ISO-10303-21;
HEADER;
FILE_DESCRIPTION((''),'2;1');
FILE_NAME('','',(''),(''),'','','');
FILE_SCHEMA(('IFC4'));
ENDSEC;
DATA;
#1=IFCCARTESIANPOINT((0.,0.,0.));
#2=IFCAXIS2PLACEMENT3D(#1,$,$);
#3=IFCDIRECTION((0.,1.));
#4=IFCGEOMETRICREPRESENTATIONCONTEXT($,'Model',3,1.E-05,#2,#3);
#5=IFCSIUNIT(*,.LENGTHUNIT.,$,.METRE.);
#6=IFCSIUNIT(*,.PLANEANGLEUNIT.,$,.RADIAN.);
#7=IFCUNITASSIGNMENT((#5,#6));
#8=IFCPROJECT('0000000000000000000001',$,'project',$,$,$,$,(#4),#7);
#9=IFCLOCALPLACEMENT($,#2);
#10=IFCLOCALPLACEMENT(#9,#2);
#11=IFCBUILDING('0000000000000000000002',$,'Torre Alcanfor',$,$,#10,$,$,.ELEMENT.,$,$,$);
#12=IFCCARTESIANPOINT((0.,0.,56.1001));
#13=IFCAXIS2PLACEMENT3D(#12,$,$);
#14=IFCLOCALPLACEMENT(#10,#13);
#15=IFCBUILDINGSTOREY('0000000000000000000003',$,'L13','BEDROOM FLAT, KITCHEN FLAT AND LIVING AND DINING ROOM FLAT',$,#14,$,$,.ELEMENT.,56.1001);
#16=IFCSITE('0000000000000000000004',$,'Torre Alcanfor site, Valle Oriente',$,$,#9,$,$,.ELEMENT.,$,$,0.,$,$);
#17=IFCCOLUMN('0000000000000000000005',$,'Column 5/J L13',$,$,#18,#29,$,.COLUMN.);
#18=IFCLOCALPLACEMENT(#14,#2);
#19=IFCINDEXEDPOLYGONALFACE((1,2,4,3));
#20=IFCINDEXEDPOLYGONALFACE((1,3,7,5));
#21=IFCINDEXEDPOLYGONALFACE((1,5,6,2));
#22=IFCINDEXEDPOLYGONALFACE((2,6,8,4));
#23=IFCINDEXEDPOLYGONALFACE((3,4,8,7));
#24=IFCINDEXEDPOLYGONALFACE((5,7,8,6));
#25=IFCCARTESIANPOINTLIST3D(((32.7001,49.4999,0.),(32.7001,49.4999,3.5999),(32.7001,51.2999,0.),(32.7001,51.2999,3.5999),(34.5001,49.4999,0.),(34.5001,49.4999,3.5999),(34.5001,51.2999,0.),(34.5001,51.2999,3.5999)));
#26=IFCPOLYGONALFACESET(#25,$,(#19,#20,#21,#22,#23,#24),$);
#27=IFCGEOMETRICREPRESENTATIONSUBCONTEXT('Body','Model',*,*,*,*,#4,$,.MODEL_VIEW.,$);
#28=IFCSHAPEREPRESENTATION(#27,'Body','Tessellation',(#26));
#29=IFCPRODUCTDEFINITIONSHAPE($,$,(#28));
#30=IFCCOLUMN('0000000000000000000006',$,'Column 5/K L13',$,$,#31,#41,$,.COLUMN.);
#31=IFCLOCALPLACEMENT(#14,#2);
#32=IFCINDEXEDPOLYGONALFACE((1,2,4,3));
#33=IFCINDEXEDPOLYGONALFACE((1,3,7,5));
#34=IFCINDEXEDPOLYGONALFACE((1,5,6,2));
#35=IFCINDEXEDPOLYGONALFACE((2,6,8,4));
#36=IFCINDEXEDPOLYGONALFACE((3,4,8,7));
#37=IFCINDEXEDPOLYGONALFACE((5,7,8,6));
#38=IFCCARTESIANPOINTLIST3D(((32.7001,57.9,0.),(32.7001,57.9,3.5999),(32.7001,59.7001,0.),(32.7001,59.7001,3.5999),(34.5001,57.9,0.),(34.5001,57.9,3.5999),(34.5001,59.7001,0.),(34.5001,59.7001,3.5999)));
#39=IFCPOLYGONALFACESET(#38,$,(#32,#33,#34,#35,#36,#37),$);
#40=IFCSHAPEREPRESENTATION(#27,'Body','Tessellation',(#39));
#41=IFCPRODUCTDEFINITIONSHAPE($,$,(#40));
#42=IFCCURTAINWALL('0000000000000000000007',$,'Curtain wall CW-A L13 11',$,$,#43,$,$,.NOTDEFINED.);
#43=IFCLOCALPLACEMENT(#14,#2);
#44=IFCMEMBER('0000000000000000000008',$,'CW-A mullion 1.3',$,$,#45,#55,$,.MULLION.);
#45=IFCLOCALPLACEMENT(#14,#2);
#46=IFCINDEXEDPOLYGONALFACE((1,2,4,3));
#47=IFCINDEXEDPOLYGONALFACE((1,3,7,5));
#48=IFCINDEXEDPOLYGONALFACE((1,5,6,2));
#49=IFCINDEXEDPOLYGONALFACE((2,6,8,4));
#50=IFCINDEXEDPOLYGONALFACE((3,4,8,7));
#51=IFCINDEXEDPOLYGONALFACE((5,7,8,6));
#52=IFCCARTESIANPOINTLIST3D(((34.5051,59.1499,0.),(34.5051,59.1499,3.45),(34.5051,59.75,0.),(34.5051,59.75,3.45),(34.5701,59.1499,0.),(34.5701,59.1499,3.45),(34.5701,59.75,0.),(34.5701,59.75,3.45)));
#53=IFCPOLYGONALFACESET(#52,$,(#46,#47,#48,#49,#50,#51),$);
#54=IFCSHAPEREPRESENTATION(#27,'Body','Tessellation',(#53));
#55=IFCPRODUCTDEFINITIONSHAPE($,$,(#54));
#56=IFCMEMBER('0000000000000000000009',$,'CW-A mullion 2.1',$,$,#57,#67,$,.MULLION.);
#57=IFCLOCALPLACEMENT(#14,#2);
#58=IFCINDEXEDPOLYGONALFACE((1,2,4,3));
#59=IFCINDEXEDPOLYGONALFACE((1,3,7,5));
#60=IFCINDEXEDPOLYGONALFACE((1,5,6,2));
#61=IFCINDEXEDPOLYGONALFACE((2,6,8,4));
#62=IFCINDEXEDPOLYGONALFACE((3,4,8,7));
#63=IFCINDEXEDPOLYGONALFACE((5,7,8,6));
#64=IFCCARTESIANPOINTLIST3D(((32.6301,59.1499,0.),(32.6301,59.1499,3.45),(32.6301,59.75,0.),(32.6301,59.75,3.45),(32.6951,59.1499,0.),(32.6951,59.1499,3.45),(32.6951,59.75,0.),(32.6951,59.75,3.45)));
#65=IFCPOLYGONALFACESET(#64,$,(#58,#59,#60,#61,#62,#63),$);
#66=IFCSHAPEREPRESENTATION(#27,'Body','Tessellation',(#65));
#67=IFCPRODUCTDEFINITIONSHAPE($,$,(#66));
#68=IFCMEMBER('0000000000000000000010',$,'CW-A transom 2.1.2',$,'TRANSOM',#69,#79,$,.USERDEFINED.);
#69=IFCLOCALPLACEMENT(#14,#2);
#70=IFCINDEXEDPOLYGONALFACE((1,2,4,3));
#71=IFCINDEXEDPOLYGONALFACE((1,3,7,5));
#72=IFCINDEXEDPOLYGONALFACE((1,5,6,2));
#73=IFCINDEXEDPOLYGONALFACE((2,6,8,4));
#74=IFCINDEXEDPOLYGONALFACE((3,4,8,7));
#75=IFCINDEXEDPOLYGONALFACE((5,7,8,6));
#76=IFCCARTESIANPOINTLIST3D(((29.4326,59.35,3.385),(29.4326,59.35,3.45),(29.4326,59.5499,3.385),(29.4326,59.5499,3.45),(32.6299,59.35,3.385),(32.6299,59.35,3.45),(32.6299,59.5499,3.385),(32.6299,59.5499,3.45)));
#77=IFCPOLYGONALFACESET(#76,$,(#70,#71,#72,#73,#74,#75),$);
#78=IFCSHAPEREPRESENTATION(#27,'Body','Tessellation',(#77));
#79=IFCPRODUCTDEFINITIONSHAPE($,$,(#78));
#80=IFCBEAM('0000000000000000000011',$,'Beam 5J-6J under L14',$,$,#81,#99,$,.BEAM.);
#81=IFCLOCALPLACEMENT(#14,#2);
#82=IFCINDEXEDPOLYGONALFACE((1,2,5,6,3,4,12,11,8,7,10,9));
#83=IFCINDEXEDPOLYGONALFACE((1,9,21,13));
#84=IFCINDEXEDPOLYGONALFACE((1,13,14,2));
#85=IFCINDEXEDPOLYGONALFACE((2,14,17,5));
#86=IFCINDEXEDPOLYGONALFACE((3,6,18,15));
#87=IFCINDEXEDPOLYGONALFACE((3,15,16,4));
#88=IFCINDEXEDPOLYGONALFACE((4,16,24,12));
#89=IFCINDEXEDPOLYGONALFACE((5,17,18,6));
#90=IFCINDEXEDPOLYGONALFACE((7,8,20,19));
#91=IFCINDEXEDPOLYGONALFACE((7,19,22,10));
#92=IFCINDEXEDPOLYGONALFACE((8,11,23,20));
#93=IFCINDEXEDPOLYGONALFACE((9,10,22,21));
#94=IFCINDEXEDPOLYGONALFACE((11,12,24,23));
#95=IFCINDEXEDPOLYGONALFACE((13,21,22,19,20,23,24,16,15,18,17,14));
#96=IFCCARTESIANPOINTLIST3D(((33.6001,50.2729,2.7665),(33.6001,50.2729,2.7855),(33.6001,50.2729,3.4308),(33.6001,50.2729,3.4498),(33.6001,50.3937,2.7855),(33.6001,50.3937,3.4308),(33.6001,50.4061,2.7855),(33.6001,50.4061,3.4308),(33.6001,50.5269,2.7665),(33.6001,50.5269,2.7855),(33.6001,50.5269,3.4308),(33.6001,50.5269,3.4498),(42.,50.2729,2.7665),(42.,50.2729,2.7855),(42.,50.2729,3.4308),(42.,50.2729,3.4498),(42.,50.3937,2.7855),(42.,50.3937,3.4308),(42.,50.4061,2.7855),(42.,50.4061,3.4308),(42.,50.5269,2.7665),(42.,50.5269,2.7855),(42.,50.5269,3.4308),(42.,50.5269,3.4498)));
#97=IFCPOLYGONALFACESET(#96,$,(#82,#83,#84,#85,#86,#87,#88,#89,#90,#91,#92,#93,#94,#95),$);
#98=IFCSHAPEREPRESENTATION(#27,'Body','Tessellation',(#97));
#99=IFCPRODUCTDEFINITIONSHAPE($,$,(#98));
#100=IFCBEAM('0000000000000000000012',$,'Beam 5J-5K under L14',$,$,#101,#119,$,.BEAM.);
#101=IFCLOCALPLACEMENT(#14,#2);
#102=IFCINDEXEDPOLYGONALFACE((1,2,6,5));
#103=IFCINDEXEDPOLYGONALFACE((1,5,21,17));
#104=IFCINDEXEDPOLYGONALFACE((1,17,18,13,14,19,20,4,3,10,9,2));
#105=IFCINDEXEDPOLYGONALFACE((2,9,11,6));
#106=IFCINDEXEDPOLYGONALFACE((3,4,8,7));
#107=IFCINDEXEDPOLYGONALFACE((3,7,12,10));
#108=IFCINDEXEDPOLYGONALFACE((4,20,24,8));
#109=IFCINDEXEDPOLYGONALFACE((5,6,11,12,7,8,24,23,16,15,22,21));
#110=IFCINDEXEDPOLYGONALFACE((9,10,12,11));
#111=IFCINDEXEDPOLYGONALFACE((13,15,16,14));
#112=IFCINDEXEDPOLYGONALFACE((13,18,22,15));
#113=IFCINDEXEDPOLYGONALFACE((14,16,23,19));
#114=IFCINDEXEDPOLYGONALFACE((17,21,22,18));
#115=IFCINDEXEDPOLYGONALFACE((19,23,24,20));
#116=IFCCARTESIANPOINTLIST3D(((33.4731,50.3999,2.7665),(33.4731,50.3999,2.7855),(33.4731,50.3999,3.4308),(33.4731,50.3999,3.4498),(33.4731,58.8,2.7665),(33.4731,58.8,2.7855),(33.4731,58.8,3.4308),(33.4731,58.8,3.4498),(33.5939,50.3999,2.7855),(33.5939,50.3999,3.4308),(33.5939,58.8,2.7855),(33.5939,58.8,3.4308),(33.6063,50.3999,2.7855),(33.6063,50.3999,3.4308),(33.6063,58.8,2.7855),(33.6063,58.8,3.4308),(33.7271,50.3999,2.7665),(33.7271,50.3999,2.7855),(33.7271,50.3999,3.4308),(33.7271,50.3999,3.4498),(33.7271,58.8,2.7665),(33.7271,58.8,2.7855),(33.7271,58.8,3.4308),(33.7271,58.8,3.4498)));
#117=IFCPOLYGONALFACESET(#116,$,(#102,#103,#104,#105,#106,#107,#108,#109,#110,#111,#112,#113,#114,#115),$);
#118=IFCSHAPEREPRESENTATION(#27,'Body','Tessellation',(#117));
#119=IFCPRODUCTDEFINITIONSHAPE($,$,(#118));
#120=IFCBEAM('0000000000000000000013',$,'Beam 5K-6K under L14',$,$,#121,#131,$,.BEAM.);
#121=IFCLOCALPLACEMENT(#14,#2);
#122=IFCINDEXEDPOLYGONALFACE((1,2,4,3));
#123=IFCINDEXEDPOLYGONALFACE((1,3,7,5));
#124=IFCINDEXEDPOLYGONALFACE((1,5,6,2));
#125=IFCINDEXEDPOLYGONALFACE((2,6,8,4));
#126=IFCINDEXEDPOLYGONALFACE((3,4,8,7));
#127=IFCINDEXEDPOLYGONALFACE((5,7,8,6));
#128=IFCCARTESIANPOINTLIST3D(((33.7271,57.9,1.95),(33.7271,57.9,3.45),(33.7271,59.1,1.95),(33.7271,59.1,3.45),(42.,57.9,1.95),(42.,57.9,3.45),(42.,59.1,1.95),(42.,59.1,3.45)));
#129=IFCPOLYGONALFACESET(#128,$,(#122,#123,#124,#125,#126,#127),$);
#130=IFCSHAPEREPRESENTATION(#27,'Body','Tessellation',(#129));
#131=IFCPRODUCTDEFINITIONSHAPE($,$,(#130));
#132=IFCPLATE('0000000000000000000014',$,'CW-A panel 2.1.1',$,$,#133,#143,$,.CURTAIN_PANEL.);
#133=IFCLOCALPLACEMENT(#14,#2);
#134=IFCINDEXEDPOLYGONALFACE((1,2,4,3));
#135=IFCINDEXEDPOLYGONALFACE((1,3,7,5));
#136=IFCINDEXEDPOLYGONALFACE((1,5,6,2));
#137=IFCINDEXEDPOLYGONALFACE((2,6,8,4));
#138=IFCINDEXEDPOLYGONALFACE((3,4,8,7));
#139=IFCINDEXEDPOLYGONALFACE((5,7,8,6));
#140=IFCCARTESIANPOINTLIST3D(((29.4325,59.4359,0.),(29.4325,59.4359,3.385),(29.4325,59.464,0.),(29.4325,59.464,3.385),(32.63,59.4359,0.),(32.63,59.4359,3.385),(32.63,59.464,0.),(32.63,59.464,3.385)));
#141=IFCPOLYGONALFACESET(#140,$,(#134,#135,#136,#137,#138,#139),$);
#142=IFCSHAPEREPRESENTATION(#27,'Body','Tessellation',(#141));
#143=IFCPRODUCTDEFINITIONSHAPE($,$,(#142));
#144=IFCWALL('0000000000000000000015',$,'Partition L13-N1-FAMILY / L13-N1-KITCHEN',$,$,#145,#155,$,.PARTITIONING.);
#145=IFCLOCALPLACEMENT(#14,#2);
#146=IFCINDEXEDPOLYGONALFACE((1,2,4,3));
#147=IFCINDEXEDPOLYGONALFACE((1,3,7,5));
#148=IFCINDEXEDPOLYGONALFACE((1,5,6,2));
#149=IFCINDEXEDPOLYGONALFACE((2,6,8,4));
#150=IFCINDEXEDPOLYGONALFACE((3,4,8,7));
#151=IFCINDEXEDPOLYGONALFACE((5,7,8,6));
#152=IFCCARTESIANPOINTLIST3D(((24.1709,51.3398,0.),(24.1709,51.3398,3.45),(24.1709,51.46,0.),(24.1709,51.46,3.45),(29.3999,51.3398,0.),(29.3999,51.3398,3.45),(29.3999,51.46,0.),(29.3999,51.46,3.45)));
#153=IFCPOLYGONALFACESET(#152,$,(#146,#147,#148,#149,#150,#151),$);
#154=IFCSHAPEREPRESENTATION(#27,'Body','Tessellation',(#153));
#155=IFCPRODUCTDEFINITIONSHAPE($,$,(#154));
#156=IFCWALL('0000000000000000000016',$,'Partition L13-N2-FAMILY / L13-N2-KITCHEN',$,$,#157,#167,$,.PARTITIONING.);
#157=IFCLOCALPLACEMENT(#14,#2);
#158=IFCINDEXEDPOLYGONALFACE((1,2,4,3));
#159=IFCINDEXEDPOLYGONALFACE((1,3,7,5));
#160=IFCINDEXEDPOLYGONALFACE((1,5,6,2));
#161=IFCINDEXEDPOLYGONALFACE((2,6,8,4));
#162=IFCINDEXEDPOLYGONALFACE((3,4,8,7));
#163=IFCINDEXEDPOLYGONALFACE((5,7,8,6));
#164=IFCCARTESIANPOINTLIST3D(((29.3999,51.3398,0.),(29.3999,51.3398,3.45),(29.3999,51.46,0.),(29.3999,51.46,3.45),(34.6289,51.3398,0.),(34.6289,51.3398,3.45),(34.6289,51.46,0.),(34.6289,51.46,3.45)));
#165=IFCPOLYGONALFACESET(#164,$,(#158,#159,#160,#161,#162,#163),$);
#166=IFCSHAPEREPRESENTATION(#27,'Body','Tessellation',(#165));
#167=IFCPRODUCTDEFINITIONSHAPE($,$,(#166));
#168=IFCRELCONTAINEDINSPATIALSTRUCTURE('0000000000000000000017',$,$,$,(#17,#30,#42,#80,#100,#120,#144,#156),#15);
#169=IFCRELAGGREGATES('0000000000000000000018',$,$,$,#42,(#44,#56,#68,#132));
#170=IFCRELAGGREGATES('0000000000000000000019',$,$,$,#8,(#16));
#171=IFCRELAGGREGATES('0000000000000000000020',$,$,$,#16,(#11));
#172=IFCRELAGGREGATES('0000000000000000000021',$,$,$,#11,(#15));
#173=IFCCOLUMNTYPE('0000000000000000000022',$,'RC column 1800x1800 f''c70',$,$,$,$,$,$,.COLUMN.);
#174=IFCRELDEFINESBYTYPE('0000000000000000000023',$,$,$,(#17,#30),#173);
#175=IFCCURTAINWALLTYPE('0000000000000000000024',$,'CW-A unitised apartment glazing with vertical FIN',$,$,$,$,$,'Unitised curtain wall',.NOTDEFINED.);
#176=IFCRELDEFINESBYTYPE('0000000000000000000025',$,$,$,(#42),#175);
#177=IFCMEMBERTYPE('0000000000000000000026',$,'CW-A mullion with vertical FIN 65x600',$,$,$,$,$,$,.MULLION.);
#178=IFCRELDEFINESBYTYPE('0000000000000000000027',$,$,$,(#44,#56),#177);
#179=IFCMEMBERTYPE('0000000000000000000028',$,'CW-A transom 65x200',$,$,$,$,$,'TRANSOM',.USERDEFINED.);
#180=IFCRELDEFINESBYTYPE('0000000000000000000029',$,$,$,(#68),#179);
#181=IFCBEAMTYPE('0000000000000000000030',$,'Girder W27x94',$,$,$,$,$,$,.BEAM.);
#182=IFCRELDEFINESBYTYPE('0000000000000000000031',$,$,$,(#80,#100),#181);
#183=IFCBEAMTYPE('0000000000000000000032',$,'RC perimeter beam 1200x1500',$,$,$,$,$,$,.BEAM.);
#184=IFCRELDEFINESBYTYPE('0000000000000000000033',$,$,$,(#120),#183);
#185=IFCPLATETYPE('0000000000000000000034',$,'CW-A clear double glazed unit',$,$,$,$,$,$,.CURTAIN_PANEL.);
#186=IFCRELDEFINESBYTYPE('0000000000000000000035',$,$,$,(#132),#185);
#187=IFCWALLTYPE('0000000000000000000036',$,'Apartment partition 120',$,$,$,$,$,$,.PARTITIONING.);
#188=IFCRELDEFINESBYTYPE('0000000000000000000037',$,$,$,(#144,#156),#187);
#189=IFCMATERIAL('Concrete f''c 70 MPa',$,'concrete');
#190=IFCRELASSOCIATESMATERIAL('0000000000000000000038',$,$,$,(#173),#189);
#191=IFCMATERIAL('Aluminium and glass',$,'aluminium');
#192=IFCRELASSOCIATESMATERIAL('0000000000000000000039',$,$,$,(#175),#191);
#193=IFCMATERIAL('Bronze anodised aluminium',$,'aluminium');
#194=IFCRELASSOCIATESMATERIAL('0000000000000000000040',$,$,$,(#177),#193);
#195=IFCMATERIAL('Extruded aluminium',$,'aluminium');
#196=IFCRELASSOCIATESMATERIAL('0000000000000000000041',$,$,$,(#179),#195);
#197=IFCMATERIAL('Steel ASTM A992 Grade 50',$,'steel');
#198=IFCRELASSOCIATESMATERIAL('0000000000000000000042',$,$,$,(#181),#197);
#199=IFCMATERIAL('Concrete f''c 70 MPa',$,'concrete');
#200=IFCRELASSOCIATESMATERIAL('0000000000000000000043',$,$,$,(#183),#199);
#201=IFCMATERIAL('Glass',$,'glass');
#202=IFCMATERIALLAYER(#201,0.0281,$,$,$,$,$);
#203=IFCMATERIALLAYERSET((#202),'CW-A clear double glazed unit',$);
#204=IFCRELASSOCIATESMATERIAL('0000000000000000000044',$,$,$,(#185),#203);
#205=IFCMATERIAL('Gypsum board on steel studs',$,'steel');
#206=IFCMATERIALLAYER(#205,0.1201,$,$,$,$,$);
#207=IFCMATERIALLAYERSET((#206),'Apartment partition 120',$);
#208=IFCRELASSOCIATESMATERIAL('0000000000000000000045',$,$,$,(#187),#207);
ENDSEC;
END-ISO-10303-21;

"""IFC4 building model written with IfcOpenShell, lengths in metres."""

from ifc_helpers import new_model, si_unit, direction, frame, frame_2d, origin, origin_2d, place, context, subcontext, project, spatial, rectangle, i_section, extrude, material, layer, layer_set, material_profile, profile_set, type_object, element, aggregate, save


model = new_model("IFC4")

# Units and contexts
model_context = context("Model", 3, precision=1e-05, world=origin(), true_north=direction((0.0, 1.0)))
body_context = subcontext(model_context, "Body", "Model", "MODEL_VIEW")
ifc_project = project(units=[si_unit("LENGTHUNIT", "METRE"), si_unit("PLANEANGLEUNIT", "RADIAN")], contexts=[model_context])

# Site, building, storey
site_placement = place(None, origin())
site = spatial("IfcSite", under=ifc_project, at=site_placement, Name="Torre Alcanfor site, Valle Oriente", CompositionType="ELEMENT", RefElevation=0.0)
building_placement = place(site_placement, origin())
building = spatial("IfcBuilding", under=site, at=building_placement, Name="Torre Alcanfor", CompositionType="ELEMENT")
storey_placement = place(building_placement, frame((0.0, 0.0, 56.1001)))
storey = spatial("IfcBuildingStorey", under=building, at=storey_placement, Name="L13", Description="BEDROOM FLAT, KITCHEN FLAT AND LIVING AND DINING ROOM FLAT", CompositionType="ELEMENT", Elevation=56.1001)

# Columns
ifc_material_1 = material(Name="Concrete f'c 70 MPa", Category="concrete")
ifc_material_profile_1 = material_profile(ifc_material_1, rectangle(XDim=1.8, YDim=1.8, at=origin_2d()), Name="1800x1800")
ifc_profile_set_1 = profile_set([ifc_material_profile_1], Name="Concrete f'c 70 MPa")
column_type = type_object("IfcColumnType", Name="RC column 1800x1800 f'c70", PredefinedType="COLUMN", material=ifc_profile_set_1)
for number, where, z_axis, x_axis, name in (
    (1, (33.6001, 50.3999, 0.0), (0.0, 0.0, 1.0), (1.0, 0.0, 0.0), "Column 5/J L13"),
    (2, (33.6001, 58.8, 0.0), (0.0, 0.0, 1.0), (1.0, 0.0, 0.0), "Column 5/K L13"),
):
    element("IfcColumn", number, at=place(storey_placement, frame(where, z_axis=z_axis, x_axis=x_axis)), inside=storey, type_object=column_type, Name=name, PredefinedType="COLUMN", context=body_context, shape_type="SweptSolid", body=[
        extrude(rectangle(XDim=1.8, YDim=1.8, at=origin_2d()), origin(), (0.0, 0.0, 1.0), 3.5999),
    ])

# Curtain wall, members
ifc_material_2 = material(Name="Aluminium and glass", Category="aluminium")
curtain_wall_type = type_object("IfcCurtainWallType", Name="CW-A unitised apartment glazing with vertical FIN", ElementType="Unitised curtain wall", PredefinedType="NOTDEFINED", material=ifc_material_2)
curtain_wall_placement = place(storey_placement, origin())
curtain_wall = element("IfcCurtainWall", 3, at=curtain_wall_placement, inside=storey, type_object=curtain_wall_type, Name="Curtain wall CW-A L13 11", PredefinedType="NOTDEFINED")
ifc_material_3 = material(Name="Bronze anodised aluminium", Category="aluminium")
ifc_material_profile_2 = material_profile(ifc_material_3, rectangle(XDim=0.6001, YDim=0.0649, at=origin_2d()), Name="CW-A mullion 65x600")
ifc_profile_set_2 = profile_set([ifc_material_profile_2], Name="Bronze anodised aluminium")
member_type_1 = type_object("IfcMemberType", Name="CW-A mullion with vertical FIN 65x600", PredefinedType="MULLION", material=ifc_profile_set_2)
member_1_placement = place(storey_placement, frame((34.5376, 59.45, 0.0), z_axis=(0.0, 0.0, 1.0), x_axis=(0.0, -1.0, 0.0)))
member_1 = element("IfcMember", 4, at=member_1_placement, type_object=member_type_1, Name="CW-A mullion 1.3", PredefinedType="MULLION", context=body_context, shape_type="SweptSolid", body=[
    extrude(rectangle(XDim=0.6001, YDim=0.0649, at=origin_2d()), origin(), (0.0, 0.0, 1.0), 3.45),
])
member_2_placement = place(storey_placement, frame((32.6626, 59.45, 0.0), z_axis=(0.0, 0.0, 1.0), x_axis=(0.0, -1.0, 0.0)))
member_2 = element("IfcMember", 5, at=member_2_placement, type_object=member_type_1, Name="CW-A mullion 2.1", PredefinedType="MULLION", context=body_context, shape_type="SweptSolid", body=[
    extrude(rectangle(XDim=0.6001, YDim=0.0649, at=origin_2d()), origin(), (0.0, 0.0, 1.0), 3.45),
])
ifc_material_4 = material(Name="Extruded aluminium", Category="aluminium")
ifc_material_profile_3 = material_profile(ifc_material_4, rectangle(XDim=0.2, YDim=0.0649, at=origin_2d()), Name="CW-A transom 200x65")
ifc_profile_set_3 = profile_set([ifc_material_profile_3], Name="Extruded aluminium")
member_type_2 = type_object("IfcMemberType", Name="CW-A transom 65x200", ElementType="TRANSOM", PredefinedType="USERDEFINED", material=ifc_profile_set_3)
member_3_placement = place(storey_placement, frame((32.6299, 59.45, 3.4175), z_axis=(-1.0, 0.0, 0.0), x_axis=(0.0, -1.0, 0.0)))
member_3 = element("IfcMember", 6, at=member_3_placement, type_object=member_type_2, Name="CW-A transom 2.1.2", ObjectType="TRANSOM", PredefinedType="USERDEFINED", context=body_context, shape_type="SweptSolid", body=[
    extrude(rectangle(XDim=0.2, YDim=0.0649, at=origin_2d()), origin(), (0.0, 0.0, 1.0), 3.1973),
])

# Beams
ifc_material_5 = material(Name="Steel ASTM A992 Grade 50", Category="steel")
ifc_material_profile_4 = material_profile(ifc_material_5, i_section(OverallWidth=0.2539, OverallDepth=0.6833, WebThickness=0.0125, FlangeThickness=0.019, at=origin_2d()), Name="W27x94")
ifc_profile_set_4 = profile_set([ifc_material_profile_4], Name="Steel ASTM A992 Grade 50")
beam_type_1 = type_object("IfcBeamType", Name="Girder W27x94", PredefinedType="BEAM", material=ifc_profile_set_4)
beam_1_placement = place(storey_placement, frame((33.6001, 50.3999, 3.1082), z_axis=(1.0, 0.0, 0.0), x_axis=(0.0, 1.0, 0.0)))
element("IfcBeam", 7, at=beam_1_placement, inside=storey, type_object=beam_type_1, Name="Beam 5J-6J under L14", PredefinedType="BEAM", context=body_context, shape_type="SweptSolid", body=[
    extrude(i_section(OverallWidth=0.2539, OverallDepth=0.6833, WebThickness=0.0125, FlangeThickness=0.019, at=origin_2d()), origin(), (0.0, 0.0, 1.0), 8.3999),
])
beam_2_placement = place(storey_placement, frame((33.6001, 50.3999, 3.1082), z_axis=(0.0, 1.0, 0.0), x_axis=(-1.0, 0.0, 0.0)))
element("IfcBeam", 8, at=beam_2_placement, inside=storey, type_object=beam_type_1, Name="Beam 5J-5K under L14", PredefinedType="BEAM", context=body_context, shape_type="SweptSolid", body=[
    extrude(i_section(OverallWidth=0.2539, OverallDepth=0.6833, WebThickness=0.0125, FlangeThickness=0.019, at=origin_2d()), origin(), (0.0, 0.0, 1.0), 8.4001),
])
ifc_material_6 = material(Name="Concrete f'c 70 MPa", Category="concrete")
ifc_material_profile_5 = material_profile(ifc_material_6, rectangle(XDim=1.2, YDim=1.5, at=origin_2d()), Name="1200x1500")
ifc_profile_set_5 = profile_set([ifc_material_profile_5], Name="Concrete f'c 70 MPa")
beam_type_2 = type_object("IfcBeamType", Name="RC perimeter beam 1200x1500", PredefinedType="BEAM", material=ifc_profile_set_5)
beam_3_placement = place(storey_placement, frame((33.7271, 58.5, 2.7), z_axis=(1.0, 0.0, 0.0), x_axis=(0.0, 1.0, 0.0)))
element("IfcBeam", 9, at=beam_3_placement, inside=storey, type_object=beam_type_2, Name="Beam 5K-6K under L14", PredefinedType="BEAM", context=body_context, shape_type="SweptSolid", body=[
    extrude(rectangle(XDim=1.2, YDim=1.5, at=origin_2d()), origin(), (0.0, 0.0, 1.0), 8.2729),
])

# Plate
ifc_material_7 = material(Name="Glass", Category="glass")
ifc_layer_1 = layer(ifc_material_7, 0.0281)
ifc_layer_set_1 = layer_set([ifc_layer_1], Name="CW-A clear double glazed unit")
plate_type = type_object("IfcPlateType", Name="CW-A clear double glazed unit", PredefinedType="CURTAIN_PANEL", material=ifc_layer_set_1)
plate_placement = place(storey_placement, frame((31.0312, 59.45, 0.0), z_axis=(0.0, 0.0, 1.0), x_axis=(-1.0, 0.0, 0.0)))
plate = element("IfcPlate", 10, at=plate_placement, type_object=plate_type, Name="CW-A panel 2.1.1", PredefinedType="CURTAIN_PANEL", context=body_context, shape_type="SweptSolid", body=[
    extrude(rectangle(XDim=3.1975, YDim=0.0281, at=origin_2d()), origin(), (0.0, 0.0, 1.0), 3.385),
])
aggregate(curtain_wall, [member_1, member_2, member_3, plate])

# Walls
ifc_material_8 = material(Name="Gypsum board on steel studs", Category="steel")
ifc_layer_2 = layer(ifc_material_8, 0.1201)
ifc_layer_set_2 = layer_set([ifc_layer_2], Name="Apartment partition 120")
wall_type_1 = type_object("IfcWallType", Name="Apartment partition 120", PredefinedType="PARTITIONING", material=ifc_layer_set_2)
for number, where, z_axis, x_axis, name in (
    (11, (29.3999, 51.3999, 0.0), (0.0, 0.0, 1.0), (-1.0, 0.0, 0.0), "Partition L13-N1-FAMILY / L13-N1-KITCHEN"),
    (12, (29.3999, 51.3999, 0.0), (0.0, 0.0, 1.0), (1.0, 0.0, 0.0), "Partition L13-N2-FAMILY / L13-N2-KITCHEN"),
):
    element("IfcWall", number, at=place(storey_placement, frame(where, z_axis=z_axis, x_axis=x_axis)), inside=storey, type_object=wall_type_1, Name=name, PredefinedType="PARTITIONING", context=body_context, shape_type="SweptSolid", body=[
        extrude(rectangle(XDim=5.229, YDim=0.1201, at=frame_2d((2.6145, 0.0))), origin(), (0.0, 0.0, 1.0), 3.45),
    ])

save(model, "model.ifc")
